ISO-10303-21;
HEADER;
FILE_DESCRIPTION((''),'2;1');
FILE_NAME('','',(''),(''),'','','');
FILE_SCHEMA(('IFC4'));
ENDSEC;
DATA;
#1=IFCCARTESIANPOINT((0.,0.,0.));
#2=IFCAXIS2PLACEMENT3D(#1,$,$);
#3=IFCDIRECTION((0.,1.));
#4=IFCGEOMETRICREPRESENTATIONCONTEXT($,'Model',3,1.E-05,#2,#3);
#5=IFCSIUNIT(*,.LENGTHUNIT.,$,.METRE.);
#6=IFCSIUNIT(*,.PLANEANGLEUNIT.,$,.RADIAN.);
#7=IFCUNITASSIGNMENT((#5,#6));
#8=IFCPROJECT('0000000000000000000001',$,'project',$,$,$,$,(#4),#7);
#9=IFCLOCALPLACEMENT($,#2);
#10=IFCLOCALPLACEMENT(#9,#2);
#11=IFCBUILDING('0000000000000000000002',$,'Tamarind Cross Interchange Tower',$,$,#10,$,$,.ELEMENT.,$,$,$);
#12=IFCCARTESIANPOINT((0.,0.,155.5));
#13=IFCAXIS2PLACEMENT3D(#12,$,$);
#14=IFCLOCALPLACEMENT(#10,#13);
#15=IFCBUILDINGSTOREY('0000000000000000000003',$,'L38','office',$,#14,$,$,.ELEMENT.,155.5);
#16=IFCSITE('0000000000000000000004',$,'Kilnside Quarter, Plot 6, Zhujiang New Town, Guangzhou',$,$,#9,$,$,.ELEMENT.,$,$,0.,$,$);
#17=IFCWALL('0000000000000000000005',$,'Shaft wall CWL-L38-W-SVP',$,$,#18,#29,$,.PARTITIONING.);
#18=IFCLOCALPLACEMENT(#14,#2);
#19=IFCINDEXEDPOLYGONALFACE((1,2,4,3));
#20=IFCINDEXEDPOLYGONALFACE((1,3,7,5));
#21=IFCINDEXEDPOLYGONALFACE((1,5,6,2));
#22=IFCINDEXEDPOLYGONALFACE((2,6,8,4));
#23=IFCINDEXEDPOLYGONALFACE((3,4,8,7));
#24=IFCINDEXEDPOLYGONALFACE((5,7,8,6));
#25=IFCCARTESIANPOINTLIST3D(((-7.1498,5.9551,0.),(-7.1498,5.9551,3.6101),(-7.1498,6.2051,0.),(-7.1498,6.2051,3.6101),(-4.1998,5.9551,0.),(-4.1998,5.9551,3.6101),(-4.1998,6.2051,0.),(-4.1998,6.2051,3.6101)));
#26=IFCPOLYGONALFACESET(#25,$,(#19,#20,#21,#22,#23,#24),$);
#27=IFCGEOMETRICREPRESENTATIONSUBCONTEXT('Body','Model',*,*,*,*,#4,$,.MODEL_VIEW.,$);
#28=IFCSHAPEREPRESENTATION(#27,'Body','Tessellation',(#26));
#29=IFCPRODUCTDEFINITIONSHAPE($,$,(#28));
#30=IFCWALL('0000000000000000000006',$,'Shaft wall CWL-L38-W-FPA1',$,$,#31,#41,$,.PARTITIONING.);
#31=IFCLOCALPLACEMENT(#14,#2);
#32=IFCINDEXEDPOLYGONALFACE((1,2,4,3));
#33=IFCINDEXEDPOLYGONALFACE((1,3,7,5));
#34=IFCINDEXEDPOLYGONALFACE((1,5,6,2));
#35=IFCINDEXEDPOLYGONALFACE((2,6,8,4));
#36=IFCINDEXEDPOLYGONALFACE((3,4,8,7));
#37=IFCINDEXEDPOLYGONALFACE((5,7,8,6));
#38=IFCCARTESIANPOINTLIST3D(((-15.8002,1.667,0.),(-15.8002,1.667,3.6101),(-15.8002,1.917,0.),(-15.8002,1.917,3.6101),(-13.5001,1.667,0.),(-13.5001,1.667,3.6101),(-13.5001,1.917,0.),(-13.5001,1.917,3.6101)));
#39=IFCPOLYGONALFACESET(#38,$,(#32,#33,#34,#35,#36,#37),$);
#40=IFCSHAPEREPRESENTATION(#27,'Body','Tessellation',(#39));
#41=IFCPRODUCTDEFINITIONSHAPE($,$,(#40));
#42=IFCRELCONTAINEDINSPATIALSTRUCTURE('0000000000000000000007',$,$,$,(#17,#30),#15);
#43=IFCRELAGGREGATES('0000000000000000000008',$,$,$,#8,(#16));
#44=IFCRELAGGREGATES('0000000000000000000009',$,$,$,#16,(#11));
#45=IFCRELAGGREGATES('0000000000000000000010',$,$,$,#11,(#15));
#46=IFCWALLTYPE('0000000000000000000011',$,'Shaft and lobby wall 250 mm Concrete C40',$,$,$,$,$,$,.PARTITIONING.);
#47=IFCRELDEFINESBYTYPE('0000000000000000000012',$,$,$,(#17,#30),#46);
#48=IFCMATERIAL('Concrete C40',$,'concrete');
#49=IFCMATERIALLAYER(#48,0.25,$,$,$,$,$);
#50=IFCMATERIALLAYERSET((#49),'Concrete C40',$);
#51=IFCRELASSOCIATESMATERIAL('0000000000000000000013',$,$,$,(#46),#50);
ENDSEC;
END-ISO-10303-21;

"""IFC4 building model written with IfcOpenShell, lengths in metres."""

from ifc_helpers import new_model, si_unit, direction, frame, frame_2d, origin, place, context, subcontext, project, spatial, rectangle, extrude, material, layer, layer_set, type_object, element, save


model = new_model("IFC4")

# Units and contexts
model_context = context("Model", 3, precision=1e-05, world=origin(), true_north=direction((0.0, 1.0)))
body_context = subcontext(model_context, "Body", "Model", "MODEL_VIEW")
ifc_project = project(units=[si_unit("LENGTHUNIT", "METRE"), si_unit("PLANEANGLEUNIT", "RADIAN")], contexts=[model_context])

# Site, building, storey
site_placement = place(None, origin())
site = spatial("IfcSite", under=ifc_project, at=site_placement, Name="Kilnside Quarter, Plot 6, Zhujiang New Town, Guangzhou", CompositionType="ELEMENT", RefElevation=0.0)
building_placement = place(site_placement, origin())
building = spatial("IfcBuilding", under=site, at=building_placement, Name="Tamarind Cross Interchange Tower", CompositionType="ELEMENT")
storey_placement = place(building_placement, frame((0.0, 0.0, 155.5)))
storey = spatial("IfcBuildingStorey", under=building, at=storey_placement, Name="L38", Description="office", CompositionType="ELEMENT", Elevation=155.5)

# Walls
ifc_material_1 = material(Name="Concrete C40", Category="concrete")
ifc_layer_1 = layer(ifc_material_1, 0.25)
ifc_layer_set_1 = layer_set([ifc_layer_1], Name="Concrete C40")
wall_type_1 = type_object("IfcWallType", Name="Shaft and lobby wall 250 mm Concrete C40", PredefinedType="PARTITIONING", material=ifc_layer_set_1)
wall_1_placement = place(storey_placement, frame((-7.1499, 6.0801, 0.0), z_axis=(0.0, 0.0, 1.0), x_axis=(1.0, 0.0, 0.0)))
element("IfcWall", 1, at=wall_1_placement, inside=storey, type_object=wall_type_1, Name="Shaft wall CWL-L38-W-SVP", PredefinedType="PARTITIONING", context=body_context, shape_type="SweptSolid", body=[
    extrude(rectangle(XDim=2.95, YDim=0.25, at=frame_2d((1.4751, 0.0))), origin(), (0.0, 0.0, 1.0), 3.6101),
])
wall_2_placement = place(storey_placement, frame((-15.8, 1.792, 0.0), z_axis=(0.0, 0.0, 1.0), x_axis=(1.0, 0.0, 0.0)))
element("IfcWall", 2, at=wall_2_placement, inside=storey, type_object=wall_type_1, Name="Shaft wall CWL-L38-W-FPA1", PredefinedType="PARTITIONING", context=body_context, shape_type="SweptSolid", body=[
    extrude(rectangle(XDim=2.3, YDim=0.25, at=frame_2d((1.1499, 0.0))), origin(), (0.0, 0.0, 1.0), 3.6101),
])

save(model, "model.ifc")
